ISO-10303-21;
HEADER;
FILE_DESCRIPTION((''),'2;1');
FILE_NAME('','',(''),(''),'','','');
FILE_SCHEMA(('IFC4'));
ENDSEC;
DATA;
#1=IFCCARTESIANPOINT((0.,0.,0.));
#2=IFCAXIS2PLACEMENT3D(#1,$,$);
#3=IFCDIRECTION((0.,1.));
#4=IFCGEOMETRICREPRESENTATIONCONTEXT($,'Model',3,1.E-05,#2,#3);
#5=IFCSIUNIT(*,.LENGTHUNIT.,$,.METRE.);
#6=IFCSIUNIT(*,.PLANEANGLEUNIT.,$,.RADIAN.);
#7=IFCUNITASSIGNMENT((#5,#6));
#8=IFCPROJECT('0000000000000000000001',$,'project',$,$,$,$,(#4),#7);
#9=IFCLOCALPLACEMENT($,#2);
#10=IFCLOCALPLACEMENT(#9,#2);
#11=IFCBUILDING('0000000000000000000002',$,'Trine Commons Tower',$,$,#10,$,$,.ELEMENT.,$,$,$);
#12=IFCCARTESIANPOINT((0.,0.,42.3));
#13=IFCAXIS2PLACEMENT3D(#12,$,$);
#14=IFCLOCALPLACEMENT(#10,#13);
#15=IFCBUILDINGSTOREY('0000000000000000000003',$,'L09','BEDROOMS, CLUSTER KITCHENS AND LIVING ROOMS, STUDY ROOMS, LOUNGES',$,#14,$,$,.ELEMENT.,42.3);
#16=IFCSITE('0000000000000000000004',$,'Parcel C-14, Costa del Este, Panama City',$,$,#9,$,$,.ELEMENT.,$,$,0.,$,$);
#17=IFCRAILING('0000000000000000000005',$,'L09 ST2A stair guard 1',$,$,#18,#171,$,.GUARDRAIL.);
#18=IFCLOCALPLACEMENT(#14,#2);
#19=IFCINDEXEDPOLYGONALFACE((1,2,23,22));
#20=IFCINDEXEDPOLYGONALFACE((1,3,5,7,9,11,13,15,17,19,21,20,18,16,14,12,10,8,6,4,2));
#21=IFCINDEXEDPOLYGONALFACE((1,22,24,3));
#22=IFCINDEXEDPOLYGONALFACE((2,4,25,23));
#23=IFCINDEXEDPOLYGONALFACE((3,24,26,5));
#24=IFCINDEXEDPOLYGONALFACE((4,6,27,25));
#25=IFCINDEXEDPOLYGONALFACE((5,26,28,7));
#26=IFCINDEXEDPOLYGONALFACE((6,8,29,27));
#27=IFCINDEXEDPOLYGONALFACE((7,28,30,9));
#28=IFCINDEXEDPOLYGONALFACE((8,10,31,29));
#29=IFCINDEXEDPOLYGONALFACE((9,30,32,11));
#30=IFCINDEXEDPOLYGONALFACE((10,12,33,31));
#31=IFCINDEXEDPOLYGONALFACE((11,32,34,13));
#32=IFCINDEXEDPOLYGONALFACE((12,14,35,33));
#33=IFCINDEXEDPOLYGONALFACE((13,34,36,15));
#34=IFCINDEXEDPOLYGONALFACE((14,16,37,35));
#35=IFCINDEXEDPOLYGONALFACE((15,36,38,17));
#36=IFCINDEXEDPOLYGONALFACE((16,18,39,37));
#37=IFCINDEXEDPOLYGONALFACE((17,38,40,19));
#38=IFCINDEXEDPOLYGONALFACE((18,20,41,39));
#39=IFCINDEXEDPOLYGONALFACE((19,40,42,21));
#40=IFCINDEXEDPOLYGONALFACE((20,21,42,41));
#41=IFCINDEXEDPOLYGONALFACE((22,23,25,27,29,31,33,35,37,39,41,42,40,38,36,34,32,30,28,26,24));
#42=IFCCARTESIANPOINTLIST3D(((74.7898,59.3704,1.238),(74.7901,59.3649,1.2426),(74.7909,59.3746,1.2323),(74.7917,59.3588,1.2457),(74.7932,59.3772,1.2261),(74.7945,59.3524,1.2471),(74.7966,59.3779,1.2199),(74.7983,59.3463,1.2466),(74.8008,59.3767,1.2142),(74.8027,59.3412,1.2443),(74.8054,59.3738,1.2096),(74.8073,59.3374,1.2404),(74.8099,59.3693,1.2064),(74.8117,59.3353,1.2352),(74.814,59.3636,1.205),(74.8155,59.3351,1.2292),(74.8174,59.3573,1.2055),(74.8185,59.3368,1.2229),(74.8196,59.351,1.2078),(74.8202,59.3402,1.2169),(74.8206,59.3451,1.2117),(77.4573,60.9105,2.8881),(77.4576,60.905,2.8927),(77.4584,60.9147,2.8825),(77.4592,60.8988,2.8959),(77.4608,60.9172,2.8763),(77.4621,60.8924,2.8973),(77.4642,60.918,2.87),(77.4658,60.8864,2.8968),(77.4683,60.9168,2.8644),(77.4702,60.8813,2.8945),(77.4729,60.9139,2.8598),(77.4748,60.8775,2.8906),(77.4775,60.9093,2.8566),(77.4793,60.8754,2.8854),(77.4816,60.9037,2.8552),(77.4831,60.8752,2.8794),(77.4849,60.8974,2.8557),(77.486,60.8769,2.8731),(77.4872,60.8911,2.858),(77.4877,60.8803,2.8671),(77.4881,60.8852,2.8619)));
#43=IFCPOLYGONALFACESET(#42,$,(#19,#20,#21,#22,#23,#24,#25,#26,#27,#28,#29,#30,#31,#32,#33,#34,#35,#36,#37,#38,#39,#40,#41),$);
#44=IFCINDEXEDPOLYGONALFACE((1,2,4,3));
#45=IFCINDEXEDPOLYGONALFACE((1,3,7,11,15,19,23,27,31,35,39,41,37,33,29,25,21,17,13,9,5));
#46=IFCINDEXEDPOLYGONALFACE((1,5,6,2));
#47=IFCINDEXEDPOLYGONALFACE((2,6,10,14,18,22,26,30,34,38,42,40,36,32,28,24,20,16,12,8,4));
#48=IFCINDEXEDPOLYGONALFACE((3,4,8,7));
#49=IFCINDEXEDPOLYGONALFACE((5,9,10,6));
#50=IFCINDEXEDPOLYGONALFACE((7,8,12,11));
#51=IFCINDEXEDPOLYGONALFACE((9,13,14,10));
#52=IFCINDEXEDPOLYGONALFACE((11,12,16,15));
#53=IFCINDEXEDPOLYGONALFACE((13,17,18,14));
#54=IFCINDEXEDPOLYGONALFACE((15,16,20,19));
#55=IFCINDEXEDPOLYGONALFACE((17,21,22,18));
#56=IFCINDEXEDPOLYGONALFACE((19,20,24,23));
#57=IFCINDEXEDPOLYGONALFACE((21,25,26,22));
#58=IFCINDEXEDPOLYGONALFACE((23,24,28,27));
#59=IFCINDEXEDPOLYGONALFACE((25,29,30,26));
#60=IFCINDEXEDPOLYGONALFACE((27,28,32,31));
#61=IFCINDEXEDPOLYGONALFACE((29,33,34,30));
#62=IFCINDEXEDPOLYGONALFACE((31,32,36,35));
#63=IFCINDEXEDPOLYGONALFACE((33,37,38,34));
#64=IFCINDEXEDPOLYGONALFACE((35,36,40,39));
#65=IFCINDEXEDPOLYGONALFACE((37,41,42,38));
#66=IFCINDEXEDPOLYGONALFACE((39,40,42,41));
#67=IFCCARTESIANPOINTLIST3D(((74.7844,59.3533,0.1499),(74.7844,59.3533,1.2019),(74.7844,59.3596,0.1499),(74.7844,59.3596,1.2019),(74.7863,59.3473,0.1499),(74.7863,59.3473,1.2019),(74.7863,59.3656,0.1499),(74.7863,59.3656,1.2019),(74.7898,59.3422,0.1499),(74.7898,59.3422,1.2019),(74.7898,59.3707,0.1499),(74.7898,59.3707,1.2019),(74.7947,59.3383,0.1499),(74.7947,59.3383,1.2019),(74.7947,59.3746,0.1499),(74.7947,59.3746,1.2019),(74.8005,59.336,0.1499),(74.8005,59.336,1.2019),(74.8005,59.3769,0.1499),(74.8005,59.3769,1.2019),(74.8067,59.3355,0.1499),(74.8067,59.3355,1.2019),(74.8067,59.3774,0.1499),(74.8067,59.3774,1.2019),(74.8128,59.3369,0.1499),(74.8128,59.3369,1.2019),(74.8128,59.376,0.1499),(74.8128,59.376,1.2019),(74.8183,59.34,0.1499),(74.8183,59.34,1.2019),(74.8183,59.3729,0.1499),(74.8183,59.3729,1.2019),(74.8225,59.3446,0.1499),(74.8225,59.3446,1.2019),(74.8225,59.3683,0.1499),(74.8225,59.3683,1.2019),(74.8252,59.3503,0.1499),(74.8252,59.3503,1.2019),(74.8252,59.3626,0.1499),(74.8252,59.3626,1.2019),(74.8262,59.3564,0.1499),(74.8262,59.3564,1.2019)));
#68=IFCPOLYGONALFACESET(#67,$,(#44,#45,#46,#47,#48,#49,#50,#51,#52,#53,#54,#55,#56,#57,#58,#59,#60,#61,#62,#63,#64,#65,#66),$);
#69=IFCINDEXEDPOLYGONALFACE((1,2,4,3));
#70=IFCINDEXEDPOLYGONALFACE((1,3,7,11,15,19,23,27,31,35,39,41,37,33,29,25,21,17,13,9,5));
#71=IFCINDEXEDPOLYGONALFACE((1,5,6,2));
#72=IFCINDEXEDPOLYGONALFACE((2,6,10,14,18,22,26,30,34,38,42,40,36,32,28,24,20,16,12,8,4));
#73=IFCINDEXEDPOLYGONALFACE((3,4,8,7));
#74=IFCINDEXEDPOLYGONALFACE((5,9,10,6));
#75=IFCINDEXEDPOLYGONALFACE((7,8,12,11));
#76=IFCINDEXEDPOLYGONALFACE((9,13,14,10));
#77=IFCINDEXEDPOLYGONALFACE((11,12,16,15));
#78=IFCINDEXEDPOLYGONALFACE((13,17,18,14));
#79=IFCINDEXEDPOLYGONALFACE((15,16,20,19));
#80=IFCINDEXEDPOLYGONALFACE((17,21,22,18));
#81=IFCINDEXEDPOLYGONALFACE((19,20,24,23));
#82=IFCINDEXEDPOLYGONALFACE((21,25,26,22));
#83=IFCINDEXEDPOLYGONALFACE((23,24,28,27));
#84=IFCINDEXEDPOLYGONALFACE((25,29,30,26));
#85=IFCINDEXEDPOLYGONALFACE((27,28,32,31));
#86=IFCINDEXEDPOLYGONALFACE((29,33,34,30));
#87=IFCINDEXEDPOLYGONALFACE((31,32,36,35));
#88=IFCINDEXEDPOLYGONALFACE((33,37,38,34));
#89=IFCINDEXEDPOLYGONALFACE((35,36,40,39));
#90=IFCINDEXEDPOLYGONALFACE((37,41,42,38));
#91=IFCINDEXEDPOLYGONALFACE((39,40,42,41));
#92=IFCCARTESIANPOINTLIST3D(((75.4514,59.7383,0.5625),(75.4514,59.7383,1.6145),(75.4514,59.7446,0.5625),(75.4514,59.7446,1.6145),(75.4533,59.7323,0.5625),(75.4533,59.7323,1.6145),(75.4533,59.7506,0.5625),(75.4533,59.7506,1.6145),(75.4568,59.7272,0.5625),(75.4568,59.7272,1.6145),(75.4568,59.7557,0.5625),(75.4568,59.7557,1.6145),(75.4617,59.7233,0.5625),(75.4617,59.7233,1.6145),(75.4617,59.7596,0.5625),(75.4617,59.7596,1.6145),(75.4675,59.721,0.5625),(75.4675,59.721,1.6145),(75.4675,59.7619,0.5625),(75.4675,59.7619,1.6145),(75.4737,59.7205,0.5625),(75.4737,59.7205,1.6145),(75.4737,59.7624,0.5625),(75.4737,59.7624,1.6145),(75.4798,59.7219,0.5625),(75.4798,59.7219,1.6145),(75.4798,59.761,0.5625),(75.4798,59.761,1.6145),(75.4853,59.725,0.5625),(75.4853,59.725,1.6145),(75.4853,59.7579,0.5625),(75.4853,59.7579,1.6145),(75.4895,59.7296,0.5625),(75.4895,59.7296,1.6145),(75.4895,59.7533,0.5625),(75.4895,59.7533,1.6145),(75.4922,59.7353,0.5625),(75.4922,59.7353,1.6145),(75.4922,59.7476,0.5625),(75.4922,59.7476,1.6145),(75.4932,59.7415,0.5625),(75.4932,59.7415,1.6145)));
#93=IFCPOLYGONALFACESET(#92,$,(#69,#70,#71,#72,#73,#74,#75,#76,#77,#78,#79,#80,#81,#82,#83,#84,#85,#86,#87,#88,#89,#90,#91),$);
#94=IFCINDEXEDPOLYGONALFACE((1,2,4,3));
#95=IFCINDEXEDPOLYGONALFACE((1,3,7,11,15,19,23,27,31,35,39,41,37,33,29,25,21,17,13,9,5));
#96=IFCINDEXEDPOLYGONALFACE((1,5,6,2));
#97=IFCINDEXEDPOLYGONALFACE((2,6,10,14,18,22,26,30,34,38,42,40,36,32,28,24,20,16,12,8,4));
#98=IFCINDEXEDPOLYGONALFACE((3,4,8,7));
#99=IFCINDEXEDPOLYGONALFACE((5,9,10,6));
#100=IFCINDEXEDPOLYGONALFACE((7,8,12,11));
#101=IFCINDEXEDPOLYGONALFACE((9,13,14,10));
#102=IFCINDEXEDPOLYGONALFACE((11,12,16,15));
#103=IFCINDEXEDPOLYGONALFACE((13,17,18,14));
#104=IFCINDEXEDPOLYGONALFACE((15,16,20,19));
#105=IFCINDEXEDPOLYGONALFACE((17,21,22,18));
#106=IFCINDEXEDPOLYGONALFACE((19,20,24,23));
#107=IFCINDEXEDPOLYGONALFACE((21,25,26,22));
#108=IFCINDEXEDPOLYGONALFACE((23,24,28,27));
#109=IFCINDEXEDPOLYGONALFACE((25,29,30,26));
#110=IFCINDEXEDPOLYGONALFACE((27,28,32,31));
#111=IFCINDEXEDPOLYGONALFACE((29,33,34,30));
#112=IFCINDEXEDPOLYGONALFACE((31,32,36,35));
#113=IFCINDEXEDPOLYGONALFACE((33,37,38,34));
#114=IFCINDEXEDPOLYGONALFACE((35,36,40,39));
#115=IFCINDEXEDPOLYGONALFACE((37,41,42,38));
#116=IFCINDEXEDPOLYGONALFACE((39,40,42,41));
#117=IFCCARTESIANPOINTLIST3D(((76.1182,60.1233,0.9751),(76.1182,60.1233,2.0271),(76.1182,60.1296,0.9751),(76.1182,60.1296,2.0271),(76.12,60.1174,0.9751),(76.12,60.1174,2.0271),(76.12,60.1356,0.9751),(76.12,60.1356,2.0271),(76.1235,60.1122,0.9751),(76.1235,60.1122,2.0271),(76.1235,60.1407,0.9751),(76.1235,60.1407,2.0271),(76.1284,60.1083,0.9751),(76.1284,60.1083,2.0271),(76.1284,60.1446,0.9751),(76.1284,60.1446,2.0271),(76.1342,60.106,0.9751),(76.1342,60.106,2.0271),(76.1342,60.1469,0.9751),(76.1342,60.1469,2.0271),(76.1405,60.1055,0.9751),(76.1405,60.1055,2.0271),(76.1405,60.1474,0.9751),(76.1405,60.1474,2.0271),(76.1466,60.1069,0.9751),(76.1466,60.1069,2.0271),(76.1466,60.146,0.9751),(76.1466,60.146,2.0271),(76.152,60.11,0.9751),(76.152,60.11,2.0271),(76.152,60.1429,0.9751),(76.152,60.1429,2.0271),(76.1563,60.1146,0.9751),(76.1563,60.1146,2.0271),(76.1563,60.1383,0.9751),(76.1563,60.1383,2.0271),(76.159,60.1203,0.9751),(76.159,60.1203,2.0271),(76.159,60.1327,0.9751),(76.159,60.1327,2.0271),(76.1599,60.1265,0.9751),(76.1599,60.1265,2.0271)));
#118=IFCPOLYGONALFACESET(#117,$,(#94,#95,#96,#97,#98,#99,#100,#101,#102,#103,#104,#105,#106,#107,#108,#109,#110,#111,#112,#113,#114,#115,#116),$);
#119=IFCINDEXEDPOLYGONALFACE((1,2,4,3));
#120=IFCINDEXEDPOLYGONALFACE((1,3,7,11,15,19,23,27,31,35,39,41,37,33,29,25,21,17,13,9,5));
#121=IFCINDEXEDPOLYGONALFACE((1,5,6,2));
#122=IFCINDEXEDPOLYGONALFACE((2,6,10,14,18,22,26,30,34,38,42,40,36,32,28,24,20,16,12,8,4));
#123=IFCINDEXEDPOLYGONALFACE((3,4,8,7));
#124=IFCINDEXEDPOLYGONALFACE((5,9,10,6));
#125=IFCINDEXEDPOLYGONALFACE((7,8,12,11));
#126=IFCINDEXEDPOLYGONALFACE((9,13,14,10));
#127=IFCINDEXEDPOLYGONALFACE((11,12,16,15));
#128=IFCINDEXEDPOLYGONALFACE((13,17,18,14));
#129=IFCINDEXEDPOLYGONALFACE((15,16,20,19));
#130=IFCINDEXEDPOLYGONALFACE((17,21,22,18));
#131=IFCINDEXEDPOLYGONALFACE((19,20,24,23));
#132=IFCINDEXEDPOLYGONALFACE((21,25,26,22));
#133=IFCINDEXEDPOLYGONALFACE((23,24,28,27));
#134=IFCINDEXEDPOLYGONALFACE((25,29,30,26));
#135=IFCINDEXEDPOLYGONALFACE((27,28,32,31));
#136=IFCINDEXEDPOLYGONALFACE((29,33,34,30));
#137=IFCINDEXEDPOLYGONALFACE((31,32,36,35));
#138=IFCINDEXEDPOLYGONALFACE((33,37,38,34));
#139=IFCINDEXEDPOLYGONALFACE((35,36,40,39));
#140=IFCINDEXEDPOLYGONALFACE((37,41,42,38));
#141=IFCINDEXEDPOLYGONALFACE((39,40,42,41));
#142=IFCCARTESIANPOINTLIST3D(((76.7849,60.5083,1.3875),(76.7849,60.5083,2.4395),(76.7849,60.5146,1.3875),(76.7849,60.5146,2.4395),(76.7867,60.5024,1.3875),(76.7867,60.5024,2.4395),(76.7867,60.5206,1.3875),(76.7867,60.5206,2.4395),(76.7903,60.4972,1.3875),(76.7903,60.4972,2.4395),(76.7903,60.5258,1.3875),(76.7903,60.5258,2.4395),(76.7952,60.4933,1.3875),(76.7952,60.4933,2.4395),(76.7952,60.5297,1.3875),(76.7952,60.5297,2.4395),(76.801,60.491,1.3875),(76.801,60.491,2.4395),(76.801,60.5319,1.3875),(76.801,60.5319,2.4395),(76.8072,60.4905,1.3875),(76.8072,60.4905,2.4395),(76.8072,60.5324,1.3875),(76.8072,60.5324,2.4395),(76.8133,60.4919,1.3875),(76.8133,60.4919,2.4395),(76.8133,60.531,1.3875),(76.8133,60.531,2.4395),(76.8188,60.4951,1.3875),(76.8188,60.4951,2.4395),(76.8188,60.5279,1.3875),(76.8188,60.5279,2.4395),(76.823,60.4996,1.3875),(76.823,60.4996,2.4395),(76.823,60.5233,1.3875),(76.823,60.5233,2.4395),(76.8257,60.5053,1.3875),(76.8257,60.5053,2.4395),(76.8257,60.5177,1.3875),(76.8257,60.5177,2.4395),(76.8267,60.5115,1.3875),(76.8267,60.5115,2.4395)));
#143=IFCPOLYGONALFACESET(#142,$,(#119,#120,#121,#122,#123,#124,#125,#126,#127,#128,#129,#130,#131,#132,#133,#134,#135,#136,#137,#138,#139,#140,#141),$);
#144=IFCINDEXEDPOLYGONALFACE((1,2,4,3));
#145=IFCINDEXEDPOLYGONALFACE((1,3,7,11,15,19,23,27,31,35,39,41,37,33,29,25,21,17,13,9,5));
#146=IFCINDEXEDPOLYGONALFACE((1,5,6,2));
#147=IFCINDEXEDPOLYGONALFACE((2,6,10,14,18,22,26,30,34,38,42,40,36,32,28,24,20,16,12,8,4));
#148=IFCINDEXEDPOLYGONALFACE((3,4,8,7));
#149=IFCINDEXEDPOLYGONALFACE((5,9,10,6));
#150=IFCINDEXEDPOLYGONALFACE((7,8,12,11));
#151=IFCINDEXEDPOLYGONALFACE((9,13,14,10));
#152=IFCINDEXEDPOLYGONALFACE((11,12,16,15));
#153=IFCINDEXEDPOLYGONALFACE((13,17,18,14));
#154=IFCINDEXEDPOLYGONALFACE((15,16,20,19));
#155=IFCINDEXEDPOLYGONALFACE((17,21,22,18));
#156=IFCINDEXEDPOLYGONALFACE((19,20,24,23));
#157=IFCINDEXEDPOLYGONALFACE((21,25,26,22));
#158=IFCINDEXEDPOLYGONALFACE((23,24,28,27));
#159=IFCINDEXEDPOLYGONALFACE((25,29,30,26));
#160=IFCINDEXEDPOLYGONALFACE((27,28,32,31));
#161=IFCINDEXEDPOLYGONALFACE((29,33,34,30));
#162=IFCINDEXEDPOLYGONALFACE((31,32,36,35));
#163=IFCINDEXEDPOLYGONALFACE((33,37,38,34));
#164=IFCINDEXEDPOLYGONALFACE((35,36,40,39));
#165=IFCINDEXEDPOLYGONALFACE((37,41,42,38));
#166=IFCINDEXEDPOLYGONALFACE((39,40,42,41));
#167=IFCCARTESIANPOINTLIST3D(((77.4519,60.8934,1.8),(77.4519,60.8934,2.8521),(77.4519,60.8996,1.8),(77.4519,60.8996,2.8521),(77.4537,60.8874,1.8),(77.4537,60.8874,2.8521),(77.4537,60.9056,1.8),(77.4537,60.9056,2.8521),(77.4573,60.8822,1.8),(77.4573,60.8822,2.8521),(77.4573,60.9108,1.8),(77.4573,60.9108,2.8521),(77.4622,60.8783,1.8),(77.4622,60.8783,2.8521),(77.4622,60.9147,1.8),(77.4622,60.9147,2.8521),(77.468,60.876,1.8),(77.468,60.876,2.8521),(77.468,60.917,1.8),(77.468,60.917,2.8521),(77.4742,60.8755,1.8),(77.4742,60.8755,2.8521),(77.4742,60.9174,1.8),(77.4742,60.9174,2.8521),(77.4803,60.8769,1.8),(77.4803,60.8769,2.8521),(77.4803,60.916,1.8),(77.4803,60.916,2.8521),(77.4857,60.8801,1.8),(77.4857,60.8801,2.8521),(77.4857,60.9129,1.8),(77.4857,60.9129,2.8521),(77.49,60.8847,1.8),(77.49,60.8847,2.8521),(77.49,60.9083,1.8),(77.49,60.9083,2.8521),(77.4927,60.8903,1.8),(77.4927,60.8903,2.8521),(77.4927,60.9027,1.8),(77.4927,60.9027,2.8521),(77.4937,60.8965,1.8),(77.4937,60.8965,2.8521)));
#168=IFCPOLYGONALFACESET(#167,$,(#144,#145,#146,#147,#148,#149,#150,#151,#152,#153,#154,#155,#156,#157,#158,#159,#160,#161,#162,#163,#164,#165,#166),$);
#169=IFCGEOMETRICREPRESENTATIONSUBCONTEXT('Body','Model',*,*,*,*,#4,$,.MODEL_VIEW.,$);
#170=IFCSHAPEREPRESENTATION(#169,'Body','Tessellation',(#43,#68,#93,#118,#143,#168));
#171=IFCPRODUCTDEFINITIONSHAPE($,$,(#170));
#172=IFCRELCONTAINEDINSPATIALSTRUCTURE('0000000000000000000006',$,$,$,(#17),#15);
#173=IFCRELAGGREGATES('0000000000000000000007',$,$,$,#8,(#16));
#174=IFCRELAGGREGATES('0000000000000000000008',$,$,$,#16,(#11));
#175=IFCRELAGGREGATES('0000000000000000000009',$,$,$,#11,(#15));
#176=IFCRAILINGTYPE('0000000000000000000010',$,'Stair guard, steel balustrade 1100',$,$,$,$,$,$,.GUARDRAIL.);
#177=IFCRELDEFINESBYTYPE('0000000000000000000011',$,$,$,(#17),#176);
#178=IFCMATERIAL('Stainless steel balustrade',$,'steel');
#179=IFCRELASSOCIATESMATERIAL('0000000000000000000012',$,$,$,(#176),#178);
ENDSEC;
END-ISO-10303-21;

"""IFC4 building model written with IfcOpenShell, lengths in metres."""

from ifc_helpers import new_model, si_unit, direction, frame, origin, origin_2d, place, context, subcontext, project, spatial, circle, extrude, material, type_object, element, save


model = new_model("IFC4")

# Units and contexts
model_context = context("Model", 3, precision=1e-05, world=origin(), true_north=direction((0.0, 1.0)))
body_context = subcontext(model_context, "Body", "Model", "MODEL_VIEW")
ifc_project = project(units=[si_unit("LENGTHUNIT", "METRE"), si_unit("PLANEANGLEUNIT", "RADIAN")], contexts=[model_context])

# Site, building, storey
site_placement = place(None, origin())
site = spatial("IfcSite", under=ifc_project, at=site_placement, Name="Parcel C-14, Costa del Este, Panama City", CompositionType="ELEMENT", RefElevation=0.0)
building_placement = place(site_placement, origin())
building = spatial("IfcBuilding", under=site, at=building_placement, Name="Trine Commons Tower", CompositionType="ELEMENT")
storey_placement = place(building_placement, frame((0.0, 0.0, 42.3)))
storey = spatial("IfcBuildingStorey", under=building, at=storey_placement, Name="L09", Description="BEDROOMS, CLUSTER KITCHENS AND LIVING ROOMS, STUDY ROOMS, LOUNGES", CompositionType="ELEMENT", Elevation=42.3)

# Railing
ifc_material_1 = material(Name="Stainless steel balustrade", Category="steel")
railing_type_1 = type_object("IfcRailingType", Name="Stair guard, steel balustrade 1100", PredefinedType="GUARDRAIL", material=ifc_material_1)
railing_1_placement = place(storey_placement, frame((74.8052, 59.3564, 0.1499)))
element("IfcRailing", 1, at=railing_1_placement, inside=storey, type_object=railing_type_1, Name="L09 ST2A stair guard 1", PredefinedType="GUARDRAIL", context=body_context, shape_type="SweptSolid", body=[
    extrude(circle(Radius=0.0239, at=origin_2d()), frame((0.0, 0.0, 1.0762), z_axis=(0.76338, 0.440728, 0.472239), x_axis=(-0.499992, 0.86603, 0.0)), (0.0, 0.0, 1.0), 3.4944),
    extrude(circle(Radius=0.021, at=origin_2d()), origin(), (0.0, 0.0, 1.0), 1.052),
    extrude(circle(Radius=0.021, at=origin_2d()), frame((0.667, 0.385, 0.4126)), (0.0, 0.0, 1.0), 1.052),
    extrude(circle(Radius=0.021, at=origin_2d()), frame((1.3337, 0.77, 0.8252)), (0.0, 0.0, 1.0), 1.052),
    extrude(circle(Radius=0.021, at=origin_2d()), frame((2.0005, 1.155, 1.2375)), (0.0, 0.0, 1.0), 1.052),
    extrude(circle(Radius=0.021, at=origin_2d()), frame((2.6675, 1.54, 1.6501)), (0.0, 0.0, 1.0), 1.052),
])

save(model, "model.ifc")
